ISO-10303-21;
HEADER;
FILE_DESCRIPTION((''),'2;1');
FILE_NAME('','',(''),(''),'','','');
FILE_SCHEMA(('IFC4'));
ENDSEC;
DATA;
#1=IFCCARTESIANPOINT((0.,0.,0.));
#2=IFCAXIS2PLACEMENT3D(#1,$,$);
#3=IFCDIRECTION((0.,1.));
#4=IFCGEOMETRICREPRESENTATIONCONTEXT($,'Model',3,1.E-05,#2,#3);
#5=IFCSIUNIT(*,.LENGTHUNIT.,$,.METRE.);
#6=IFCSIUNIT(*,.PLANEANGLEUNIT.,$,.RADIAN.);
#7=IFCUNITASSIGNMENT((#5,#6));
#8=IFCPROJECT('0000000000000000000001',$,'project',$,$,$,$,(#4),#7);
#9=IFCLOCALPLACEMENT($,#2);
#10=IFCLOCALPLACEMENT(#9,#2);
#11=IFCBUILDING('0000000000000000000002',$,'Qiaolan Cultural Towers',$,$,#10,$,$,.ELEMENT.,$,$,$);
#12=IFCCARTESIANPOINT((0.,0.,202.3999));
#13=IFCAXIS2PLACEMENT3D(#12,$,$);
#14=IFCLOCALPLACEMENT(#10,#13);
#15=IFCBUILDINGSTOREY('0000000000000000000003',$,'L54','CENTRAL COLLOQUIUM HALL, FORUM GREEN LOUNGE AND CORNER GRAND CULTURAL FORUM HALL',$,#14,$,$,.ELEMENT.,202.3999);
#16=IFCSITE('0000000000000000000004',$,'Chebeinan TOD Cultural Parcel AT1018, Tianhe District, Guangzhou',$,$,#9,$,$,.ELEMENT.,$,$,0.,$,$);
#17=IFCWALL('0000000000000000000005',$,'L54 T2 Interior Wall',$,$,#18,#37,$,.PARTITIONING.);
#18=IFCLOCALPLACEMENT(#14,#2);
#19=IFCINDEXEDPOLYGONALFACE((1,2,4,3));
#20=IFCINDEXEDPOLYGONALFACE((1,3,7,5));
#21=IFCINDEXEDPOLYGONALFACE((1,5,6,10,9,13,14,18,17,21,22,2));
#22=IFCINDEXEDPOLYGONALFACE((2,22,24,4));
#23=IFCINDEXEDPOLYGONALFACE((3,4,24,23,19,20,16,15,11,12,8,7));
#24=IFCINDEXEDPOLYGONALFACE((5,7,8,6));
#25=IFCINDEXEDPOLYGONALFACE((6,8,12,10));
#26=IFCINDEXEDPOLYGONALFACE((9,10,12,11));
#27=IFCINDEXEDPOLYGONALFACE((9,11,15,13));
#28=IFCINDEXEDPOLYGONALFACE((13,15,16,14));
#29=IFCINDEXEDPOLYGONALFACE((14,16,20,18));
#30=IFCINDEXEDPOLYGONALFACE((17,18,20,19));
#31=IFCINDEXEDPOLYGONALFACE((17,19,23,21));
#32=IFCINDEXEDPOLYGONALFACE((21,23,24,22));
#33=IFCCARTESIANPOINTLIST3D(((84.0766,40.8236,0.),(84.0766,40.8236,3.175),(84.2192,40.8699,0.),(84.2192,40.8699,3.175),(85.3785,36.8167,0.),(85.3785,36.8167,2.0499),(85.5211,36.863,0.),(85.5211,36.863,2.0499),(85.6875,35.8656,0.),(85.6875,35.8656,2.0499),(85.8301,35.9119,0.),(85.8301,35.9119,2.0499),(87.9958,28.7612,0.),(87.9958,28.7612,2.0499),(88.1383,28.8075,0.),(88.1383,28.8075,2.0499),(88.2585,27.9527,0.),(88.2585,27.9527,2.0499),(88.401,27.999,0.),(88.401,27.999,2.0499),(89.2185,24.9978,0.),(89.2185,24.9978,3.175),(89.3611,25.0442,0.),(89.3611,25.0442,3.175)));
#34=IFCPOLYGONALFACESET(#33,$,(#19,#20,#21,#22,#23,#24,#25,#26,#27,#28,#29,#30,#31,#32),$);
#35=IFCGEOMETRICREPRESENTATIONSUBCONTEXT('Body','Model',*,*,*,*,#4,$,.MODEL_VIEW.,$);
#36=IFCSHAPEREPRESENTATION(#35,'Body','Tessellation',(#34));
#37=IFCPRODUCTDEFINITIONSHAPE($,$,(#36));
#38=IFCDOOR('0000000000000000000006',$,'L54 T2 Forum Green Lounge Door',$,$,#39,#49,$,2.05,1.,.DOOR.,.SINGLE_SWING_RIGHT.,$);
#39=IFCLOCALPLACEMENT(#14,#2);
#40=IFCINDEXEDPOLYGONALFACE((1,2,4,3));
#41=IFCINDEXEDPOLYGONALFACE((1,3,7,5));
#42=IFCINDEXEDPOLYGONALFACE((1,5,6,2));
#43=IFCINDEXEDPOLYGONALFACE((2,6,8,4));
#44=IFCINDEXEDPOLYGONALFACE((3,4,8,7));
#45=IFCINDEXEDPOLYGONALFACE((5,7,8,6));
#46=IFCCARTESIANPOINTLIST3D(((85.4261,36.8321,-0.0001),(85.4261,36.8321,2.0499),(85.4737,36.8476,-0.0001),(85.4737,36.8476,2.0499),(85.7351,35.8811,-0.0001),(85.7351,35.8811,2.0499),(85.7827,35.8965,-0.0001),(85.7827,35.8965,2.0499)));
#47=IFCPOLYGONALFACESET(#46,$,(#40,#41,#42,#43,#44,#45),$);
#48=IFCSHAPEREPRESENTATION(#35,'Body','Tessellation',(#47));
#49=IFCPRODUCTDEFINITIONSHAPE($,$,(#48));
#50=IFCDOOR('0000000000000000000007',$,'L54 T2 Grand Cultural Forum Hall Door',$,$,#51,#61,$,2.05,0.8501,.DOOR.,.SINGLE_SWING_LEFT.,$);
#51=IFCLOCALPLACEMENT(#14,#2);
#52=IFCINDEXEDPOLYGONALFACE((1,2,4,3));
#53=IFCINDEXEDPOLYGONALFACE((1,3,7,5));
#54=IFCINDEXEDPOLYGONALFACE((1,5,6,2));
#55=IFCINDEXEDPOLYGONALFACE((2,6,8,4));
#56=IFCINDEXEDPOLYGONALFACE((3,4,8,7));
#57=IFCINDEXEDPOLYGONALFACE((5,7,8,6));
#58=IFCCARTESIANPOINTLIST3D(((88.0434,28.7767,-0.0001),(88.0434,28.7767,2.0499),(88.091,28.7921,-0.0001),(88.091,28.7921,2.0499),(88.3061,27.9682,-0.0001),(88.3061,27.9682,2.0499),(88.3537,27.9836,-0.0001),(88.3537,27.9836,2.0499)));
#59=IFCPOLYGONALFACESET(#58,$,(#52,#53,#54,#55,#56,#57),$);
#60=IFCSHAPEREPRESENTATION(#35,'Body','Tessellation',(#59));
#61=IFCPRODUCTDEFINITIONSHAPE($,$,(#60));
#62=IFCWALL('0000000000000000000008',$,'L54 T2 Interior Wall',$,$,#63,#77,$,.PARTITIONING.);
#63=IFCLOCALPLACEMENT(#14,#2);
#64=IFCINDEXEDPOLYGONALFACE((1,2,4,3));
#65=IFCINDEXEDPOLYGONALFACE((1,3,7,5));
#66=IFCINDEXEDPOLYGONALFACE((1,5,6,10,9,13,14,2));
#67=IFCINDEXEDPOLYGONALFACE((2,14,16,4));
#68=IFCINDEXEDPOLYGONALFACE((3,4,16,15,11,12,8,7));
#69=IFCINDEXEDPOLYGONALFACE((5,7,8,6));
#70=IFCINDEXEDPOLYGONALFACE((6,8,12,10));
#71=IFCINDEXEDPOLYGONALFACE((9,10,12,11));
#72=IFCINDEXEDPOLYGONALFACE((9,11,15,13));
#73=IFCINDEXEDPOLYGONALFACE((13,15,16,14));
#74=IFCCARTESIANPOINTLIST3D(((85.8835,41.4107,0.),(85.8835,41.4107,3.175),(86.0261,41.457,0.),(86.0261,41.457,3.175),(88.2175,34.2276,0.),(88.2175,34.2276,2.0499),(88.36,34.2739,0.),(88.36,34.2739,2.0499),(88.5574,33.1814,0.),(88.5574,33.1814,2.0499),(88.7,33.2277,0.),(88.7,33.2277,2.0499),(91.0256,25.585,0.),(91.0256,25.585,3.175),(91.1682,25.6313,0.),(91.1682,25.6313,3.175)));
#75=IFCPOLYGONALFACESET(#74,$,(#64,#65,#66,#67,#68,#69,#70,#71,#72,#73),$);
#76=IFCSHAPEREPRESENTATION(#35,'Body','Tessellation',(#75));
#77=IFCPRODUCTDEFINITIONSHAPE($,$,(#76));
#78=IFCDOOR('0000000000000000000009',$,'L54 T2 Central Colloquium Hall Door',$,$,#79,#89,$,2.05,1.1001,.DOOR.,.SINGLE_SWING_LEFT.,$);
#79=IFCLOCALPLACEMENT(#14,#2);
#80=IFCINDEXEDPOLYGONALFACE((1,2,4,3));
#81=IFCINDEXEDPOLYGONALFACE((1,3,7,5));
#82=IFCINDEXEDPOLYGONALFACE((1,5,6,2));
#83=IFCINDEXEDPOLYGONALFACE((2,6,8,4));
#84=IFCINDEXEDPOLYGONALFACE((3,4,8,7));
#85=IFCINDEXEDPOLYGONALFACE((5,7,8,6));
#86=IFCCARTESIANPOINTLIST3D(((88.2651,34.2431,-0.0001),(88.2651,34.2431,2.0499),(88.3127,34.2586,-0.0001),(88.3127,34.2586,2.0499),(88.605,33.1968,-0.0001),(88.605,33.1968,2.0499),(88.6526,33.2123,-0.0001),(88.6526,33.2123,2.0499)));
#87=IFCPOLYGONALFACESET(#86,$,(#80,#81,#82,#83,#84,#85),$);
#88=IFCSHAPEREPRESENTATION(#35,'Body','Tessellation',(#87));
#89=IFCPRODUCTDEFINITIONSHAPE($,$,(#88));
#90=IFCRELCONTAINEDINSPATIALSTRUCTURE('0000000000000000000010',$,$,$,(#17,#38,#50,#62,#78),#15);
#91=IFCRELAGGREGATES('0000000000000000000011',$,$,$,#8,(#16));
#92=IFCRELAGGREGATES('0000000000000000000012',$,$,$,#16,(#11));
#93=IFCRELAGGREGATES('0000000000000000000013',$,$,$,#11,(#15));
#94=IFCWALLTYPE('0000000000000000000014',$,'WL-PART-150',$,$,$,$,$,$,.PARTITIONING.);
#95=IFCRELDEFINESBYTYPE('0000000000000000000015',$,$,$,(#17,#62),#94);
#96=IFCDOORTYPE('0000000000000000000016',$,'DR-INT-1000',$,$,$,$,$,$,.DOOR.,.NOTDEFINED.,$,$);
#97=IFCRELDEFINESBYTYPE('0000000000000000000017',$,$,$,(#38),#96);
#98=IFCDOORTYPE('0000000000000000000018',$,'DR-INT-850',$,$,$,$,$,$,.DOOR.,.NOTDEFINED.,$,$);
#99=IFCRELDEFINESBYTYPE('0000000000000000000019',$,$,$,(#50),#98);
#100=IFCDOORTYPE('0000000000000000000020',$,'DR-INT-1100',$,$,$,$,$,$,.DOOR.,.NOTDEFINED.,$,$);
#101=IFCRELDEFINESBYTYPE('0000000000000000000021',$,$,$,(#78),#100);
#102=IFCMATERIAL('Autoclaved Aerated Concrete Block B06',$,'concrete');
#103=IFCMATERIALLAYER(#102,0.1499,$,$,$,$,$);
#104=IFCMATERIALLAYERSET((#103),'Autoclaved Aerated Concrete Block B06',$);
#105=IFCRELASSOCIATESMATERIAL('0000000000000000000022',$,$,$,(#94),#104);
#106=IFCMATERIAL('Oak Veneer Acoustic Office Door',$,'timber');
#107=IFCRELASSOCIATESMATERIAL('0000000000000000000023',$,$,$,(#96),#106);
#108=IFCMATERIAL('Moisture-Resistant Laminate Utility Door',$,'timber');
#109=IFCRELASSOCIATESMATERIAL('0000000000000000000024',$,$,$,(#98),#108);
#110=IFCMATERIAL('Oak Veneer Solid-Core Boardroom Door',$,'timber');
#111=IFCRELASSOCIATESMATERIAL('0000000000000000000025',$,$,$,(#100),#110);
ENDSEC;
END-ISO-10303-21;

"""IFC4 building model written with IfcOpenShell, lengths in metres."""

from ifc_helpers import new_model, si_unit, direction, frame, frame_2d, origin, place, context, subcontext, project, spatial, rectangle, extrude, material, layer, layer_set, type_object, element, fill, save


model = new_model("IFC4")

# Units and contexts
model_context = context("Model", 3, precision=1e-05, world=origin(), true_north=direction((0.0, 1.0)))
body_context = subcontext(model_context, "Body", "Model", "MODEL_VIEW")
ifc_project = project(units=[si_unit("LENGTHUNIT", "METRE"), si_unit("PLANEANGLEUNIT", "RADIAN")], contexts=[model_context])

# Site, building, storey
site_placement = place(None, origin())
site = spatial("IfcSite", under=ifc_project, at=site_placement, Name="Chebeinan TOD Cultural Parcel AT1018, Tianhe District, Guangzhou", CompositionType="ELEMENT", RefElevation=0.0)
building_placement = place(site_placement, origin())
building = spatial("IfcBuilding", under=site, at=building_placement, Name="Qiaolan Cultural Towers", CompositionType="ELEMENT")
storey_placement = place(building_placement, frame((0.0, 0.0, 202.3999)))
storey = spatial("IfcBuildingStorey", under=building, at=storey_placement, Name="L54", Description="CENTRAL COLLOQUIUM HALL, FORUM GREEN LOUNGE AND CORNER GRAND CULTURAL FORUM HALL", CompositionType="ELEMENT", Elevation=202.3999)

# Shared definitions
ifc_material_1 = material(Name="Autoclaved Aerated Concrete Block B06", Category="concrete")
ifc_layer_1 = layer(ifc_material_1, 0.1499)
ifc_layer_set_1 = layer_set([ifc_layer_1], Name="Autoclaved Aerated Concrete Block B06")
wall_type_1 = type_object("IfcWallType", Name="WL-PART-150", PredefinedType="PARTITIONING", material=ifc_layer_set_1)

# Wall, openings, doors
wall_1_placement = place(storey_placement, frame((89.2898, 25.021, 0.0), z_axis=(0.0, 0.0, 1.0), x_axis=(-0.309004, 0.951061, 0.0)))
wall_1 = element("IfcWall", 1, at=wall_1_placement, inside=storey, type_object=wall_type_1, Name="L54 T2 Interior Wall", PredefinedType="PARTITIONING", context=body_context, shape_type="SweptSolid", body=[
    extrude(rectangle(XDim=16.6401, YDim=0.1499, at=frame_2d((8.3201, 0.0))), origin(), (0.0, 0.0, 1.0), 3.175),
])
opening_1_placement = place(wall_1_placement, frame((3.1069, 0.0, 0.0)))
opening_1 = element("IfcOpeningElement", 2, at=opening_1_placement, cuts=wall_1, PredefinedType="OPENING", context=body_context, shape_type="SweptSolid", body=[
    extrude(rectangle(XDim=0.8501, YDim=2.05, at=frame_2d((0.425, 1.0249))), frame((0.0, 0.085, 0.0), z_axis=(0.0, -1.0, 0.0), x_axis=(1.0, 0.0, 0.0)), (0.0, 0.0, 1.0), 0.1699),
])
opening_2_placement = place(wall_1_placement, frame((11.427, 0.0, 0.0)))
opening_2 = element("IfcOpeningElement", 3, at=opening_2_placement, cuts=wall_1, PredefinedType="OPENING", context=body_context, shape_type="SweptSolid", body=[
    extrude(rectangle(XDim=1.0, YDim=2.05, at=frame_2d((0.5, 1.0249))), frame((0.0, 0.085, 0.0), z_axis=(0.0, -1.0, 0.0), x_axis=(1.0, 0.0, 0.0)), (0.0, 0.0, 1.0), 0.1699),
])
ifc_material_2 = material(Name="Oak Veneer Acoustic Office Door", Category="timber")
door_type_1 = type_object("IfcDoorType", Name="DR-INT-1000", OperationType="NOTDEFINED", PredefinedType="DOOR", material=ifc_material_2)
door_1_placement = place(opening_2_placement, origin())
door_1 = element("IfcDoor", 4, at=door_1_placement, inside=storey, type_object=door_type_1, Name="L54 T2 Forum Green Lounge Door", OperationType="SINGLE_SWING_RIGHT", OverallHeight=2.05, OverallWidth=1.0, PredefinedType="DOOR", context=body_context, shape_type="SweptSolid", body=[
    extrude(rectangle(XDim=1.0, YDim=2.05, at=frame_2d((0.5, 1.0249))), frame((0.0, 0.0249, 0.0), z_axis=(0.0, -1.0, 0.0), x_axis=(1.0, 0.0, 0.0)), (0.0, 0.0, 1.0), 0.05),
])
fill(opening_2, door_1)
ifc_material_3 = material(Name="Moisture-Resistant Laminate Utility Door", Category="timber")
door_type_2 = type_object("IfcDoorType", Name="DR-INT-850", OperationType="NOTDEFINED", PredefinedType="DOOR", material=ifc_material_3)
door_2_placement = place(opening_1_placement, origin())
door_2 = element("IfcDoor", 5, at=door_2_placement, inside=storey, type_object=door_type_2, Name="L54 T2 Grand Cultural Forum Hall Door", OperationType="SINGLE_SWING_LEFT", OverallHeight=2.05, OverallWidth=0.8501, PredefinedType="DOOR", context=body_context, shape_type="SweptSolid", body=[
    extrude(rectangle(XDim=0.8501, YDim=2.05, at=frame_2d((0.425, 1.0249))), frame((0.0, 0.0249, 0.0), z_axis=(0.0, -1.0, 0.0), x_axis=(1.0, 0.0, 0.0)), (0.0, 0.0, 1.0), 0.05),
])
fill(opening_1, door_2)

# Wall, opening, door
wall_2_placement = place(storey_placement, frame((91.0969, 25.6082, 0.0), z_axis=(0.0, 0.0, 1.0), x_axis=(-0.309018, 0.951056, 0.0)))
wall_2 = element("IfcWall", 6, at=wall_2_placement, inside=storey, type_object=wall_type_1, Name="L54 T2 Interior Wall", PredefinedType="PARTITIONING", context=body_context, shape_type="SweptSolid", body=[
    extrude(rectangle(XDim=16.6401, YDim=0.1499, at=frame_2d((8.3201, 0.0))), origin(), (0.0, 0.0, 1.0), 3.175),
])
opening_3_placement = place(wall_2_placement, frame((7.9873, 0.0, 0.0)))
opening_3 = element("IfcOpeningElement", 7, at=opening_3_placement, cuts=wall_2, PredefinedType="OPENING", context=body_context, shape_type="SweptSolid", body=[
    extrude(rectangle(XDim=1.1001, YDim=2.05, at=frame_2d((0.55, 1.0249))), frame((0.0, 0.085, 0.0), z_axis=(0.0, -1.0, 0.0), x_axis=(1.0, 0.0, 0.0)), (0.0, 0.0, 1.0), 0.1699),
])
ifc_material_4 = material(Name="Oak Veneer Solid-Core Boardroom Door", Category="timber")
door_type_3 = type_object("IfcDoorType", Name="DR-INT-1100", OperationType="NOTDEFINED", PredefinedType="DOOR", material=ifc_material_4)
door_3_placement = place(opening_3_placement, origin())
door_3 = element("IfcDoor", 8, at=door_3_placement, inside=storey, type_object=door_type_3, Name="L54 T2 Central Colloquium Hall Door", OperationType="SINGLE_SWING_LEFT", OverallHeight=2.05, OverallWidth=1.1001, PredefinedType="DOOR", context=body_context, shape_type="SweptSolid", body=[
    extrude(rectangle(XDim=1.1001, YDim=2.05, at=frame_2d((0.55, 1.0249))), frame((0.0, 0.0249, 0.0), z_axis=(0.0, -1.0, 0.0), x_axis=(1.0, 0.0, 0.0)), (0.0, 0.0, 1.0), 0.05),
])
fill(opening_3, door_3)

save(model, "model.ifc")
